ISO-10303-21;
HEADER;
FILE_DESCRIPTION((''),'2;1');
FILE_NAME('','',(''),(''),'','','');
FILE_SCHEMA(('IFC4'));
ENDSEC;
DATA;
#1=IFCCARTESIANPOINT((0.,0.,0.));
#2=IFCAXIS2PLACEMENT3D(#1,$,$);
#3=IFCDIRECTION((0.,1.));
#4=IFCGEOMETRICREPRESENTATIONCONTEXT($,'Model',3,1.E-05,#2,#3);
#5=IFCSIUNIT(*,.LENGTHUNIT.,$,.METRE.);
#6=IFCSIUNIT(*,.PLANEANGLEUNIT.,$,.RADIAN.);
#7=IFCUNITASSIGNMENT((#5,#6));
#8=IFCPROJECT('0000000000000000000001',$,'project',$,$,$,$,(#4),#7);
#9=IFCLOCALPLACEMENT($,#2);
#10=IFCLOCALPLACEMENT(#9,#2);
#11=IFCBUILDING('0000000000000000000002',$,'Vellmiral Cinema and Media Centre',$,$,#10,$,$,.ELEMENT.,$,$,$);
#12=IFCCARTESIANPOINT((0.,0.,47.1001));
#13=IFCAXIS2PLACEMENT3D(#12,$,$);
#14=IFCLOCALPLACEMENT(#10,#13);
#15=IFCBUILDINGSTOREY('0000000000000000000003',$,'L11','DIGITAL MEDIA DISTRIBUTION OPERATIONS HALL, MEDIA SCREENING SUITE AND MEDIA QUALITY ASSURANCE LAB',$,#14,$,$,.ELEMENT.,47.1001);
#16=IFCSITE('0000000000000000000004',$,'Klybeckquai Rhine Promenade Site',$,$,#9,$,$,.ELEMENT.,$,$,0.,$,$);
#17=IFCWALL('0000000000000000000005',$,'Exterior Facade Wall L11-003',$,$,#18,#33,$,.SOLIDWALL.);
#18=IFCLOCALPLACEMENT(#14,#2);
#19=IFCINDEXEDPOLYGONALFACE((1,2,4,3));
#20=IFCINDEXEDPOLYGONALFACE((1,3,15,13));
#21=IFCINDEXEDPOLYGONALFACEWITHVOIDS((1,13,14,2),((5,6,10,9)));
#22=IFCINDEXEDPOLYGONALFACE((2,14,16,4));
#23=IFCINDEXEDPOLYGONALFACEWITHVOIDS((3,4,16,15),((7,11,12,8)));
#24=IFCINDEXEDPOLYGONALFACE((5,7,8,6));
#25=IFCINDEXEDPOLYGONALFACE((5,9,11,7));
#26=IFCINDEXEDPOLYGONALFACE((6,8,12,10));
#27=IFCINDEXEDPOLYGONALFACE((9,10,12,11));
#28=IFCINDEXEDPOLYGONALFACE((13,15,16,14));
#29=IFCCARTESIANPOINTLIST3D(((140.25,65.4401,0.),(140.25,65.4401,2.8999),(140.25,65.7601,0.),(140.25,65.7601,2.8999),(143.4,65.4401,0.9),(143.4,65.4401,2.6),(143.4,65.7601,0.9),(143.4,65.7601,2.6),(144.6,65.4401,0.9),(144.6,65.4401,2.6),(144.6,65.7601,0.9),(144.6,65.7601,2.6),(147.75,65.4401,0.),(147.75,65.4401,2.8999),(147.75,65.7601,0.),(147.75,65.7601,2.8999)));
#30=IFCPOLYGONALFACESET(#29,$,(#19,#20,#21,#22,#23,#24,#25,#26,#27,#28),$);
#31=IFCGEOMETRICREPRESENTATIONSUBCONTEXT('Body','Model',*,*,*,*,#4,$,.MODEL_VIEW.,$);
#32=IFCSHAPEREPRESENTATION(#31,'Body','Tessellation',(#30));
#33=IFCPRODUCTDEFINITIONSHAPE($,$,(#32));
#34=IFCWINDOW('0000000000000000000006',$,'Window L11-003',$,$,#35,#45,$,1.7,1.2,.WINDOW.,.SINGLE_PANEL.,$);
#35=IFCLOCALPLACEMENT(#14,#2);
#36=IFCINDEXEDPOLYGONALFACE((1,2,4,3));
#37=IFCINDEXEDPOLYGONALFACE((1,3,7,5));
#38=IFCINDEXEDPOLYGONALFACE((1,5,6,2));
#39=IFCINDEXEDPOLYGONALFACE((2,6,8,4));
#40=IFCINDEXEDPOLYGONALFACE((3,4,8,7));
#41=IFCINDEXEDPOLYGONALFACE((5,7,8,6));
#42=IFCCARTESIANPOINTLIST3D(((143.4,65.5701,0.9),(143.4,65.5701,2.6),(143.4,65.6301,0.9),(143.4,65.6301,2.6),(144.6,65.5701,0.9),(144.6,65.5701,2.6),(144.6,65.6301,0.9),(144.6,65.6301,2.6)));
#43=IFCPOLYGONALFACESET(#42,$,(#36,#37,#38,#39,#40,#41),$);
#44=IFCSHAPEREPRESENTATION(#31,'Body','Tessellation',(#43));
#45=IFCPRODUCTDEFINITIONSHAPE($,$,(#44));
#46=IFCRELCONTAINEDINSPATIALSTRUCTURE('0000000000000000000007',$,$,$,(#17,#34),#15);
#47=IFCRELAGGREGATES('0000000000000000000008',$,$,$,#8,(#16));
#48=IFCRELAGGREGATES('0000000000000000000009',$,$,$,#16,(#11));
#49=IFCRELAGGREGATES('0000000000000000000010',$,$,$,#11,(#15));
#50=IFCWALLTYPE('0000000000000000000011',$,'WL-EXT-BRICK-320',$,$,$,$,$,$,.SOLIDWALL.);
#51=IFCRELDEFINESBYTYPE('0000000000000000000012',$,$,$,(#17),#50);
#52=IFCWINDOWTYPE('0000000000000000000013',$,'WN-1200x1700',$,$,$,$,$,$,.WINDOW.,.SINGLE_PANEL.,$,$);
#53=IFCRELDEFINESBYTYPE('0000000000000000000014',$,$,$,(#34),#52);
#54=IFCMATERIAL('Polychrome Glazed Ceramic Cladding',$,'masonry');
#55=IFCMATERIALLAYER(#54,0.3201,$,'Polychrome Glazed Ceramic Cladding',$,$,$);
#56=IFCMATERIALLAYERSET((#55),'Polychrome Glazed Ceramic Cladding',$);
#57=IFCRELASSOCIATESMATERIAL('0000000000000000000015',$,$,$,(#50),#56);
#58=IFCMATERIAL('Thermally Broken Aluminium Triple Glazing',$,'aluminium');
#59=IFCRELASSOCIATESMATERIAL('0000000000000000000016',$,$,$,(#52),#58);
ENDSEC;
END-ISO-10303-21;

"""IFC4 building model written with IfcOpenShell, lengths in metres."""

from ifc_helpers import new_model, si_unit, direction, frame, frame_2d, origin, place, context, subcontext, project, spatial, rectangle, extrude, material, layer, layer_set, type_object, element, fill, save


model = new_model("IFC4")

# Units and contexts
model_context = context("Model", 3, precision=1e-05, world=origin(), true_north=direction((0.0, 1.0)))
body_context = subcontext(model_context, "Body", "Model", "MODEL_VIEW")
ifc_project = project(units=[si_unit("LENGTHUNIT", "METRE"), si_unit("PLANEANGLEUNIT", "RADIAN")], contexts=[model_context])

# Site, building, storey
site_placement = place(None, origin())
site = spatial("IfcSite", under=ifc_project, at=site_placement, Name="Klybeckquai Rhine Promenade Site", CompositionType="ELEMENT", RefElevation=0.0)
building_placement = place(site_placement, origin())
building = spatial("IfcBuilding", under=site, at=building_placement, Name="Vellmiral Cinema and Media Centre", CompositionType="ELEMENT")
storey_placement = place(building_placement, frame((0.0, 0.0, 47.1001)))
storey = spatial("IfcBuildingStorey", under=building, at=storey_placement, Name="L11", Description="DIGITAL MEDIA DISTRIBUTION OPERATIONS HALL, MEDIA SCREENING SUITE AND MEDIA QUALITY ASSURANCE LAB", CompositionType="ELEMENT", Elevation=47.1001)

# Wall, opening, window
ifc_material_1 = material(Name="Polychrome Glazed Ceramic Cladding", Category="masonry")
ifc_layer_1 = layer(ifc_material_1, 0.3201, Name="Polychrome Glazed Ceramic Cladding")
ifc_layer_set_1 = layer_set([ifc_layer_1], Name="Polychrome Glazed Ceramic Cladding")
wall_type = type_object("IfcWallType", Name="WL-EXT-BRICK-320", PredefinedType="SOLIDWALL", material=ifc_layer_set_1)
wall_placement = place(storey_placement, frame((140.25, 65.6001, 0.0), z_axis=(0.0, 0.0, 1.0), x_axis=(1.0, 0.0, 0.0)))
wall = element("IfcWall", 1, at=wall_placement, inside=storey, type_object=wall_type, Name="Exterior Facade Wall L11-003", PredefinedType="SOLIDWALL", context=body_context, shape_type="SweptSolid", body=[
    extrude(rectangle(XDim=7.5, YDim=0.3201, at=frame_2d((3.75, 0.0))), origin(), (0.0, 0.0, 1.0), 2.8999),
])
opening_placement = place(wall_placement, frame((3.1499, 0.0, 0.8999)))
opening = element("IfcOpeningElement", 2, at=opening_placement, cuts=wall, PredefinedType="OPENING", context=body_context, shape_type="SweptSolid", body=[
    extrude(rectangle(XDim=1.2, YDim=1.7, at=frame_2d((0.6001, 0.8501))), frame((0.0, 0.1719, 0.0), z_axis=(0.0, -1.0, 0.0), x_axis=(1.0, 0.0, 0.0)), (0.0, 0.0, 1.0), 0.344),
])
ifc_material_2 = material(Name="Thermally Broken Aluminium Triple Glazing", Category="aluminium")
window_type = type_object("IfcWindowType", Name="WN-1200x1700", PartitioningType="SINGLE_PANEL", PredefinedType="WINDOW", material=ifc_material_2)
window_placement = place(opening_placement, origin())
window = element("IfcWindow", 3, at=window_placement, inside=storey, type_object=window_type, Name="Window L11-003", OverallHeight=1.7, OverallWidth=1.2, PartitioningType="SINGLE_PANEL", PredefinedType="WINDOW", context=body_context, shape_type="SweptSolid", body=[
    extrude(rectangle(XDim=1.2, YDim=1.7, at=frame_2d((0.6001, 0.8501))), frame((0.0, 0.03, 0.0), z_axis=(0.0, -1.0, 0.0), x_axis=(1.0, 0.0, 0.0)), (0.0, 0.0, 1.0), 0.0601),
])
fill(opening, window)

save(model, "model.ifc")
